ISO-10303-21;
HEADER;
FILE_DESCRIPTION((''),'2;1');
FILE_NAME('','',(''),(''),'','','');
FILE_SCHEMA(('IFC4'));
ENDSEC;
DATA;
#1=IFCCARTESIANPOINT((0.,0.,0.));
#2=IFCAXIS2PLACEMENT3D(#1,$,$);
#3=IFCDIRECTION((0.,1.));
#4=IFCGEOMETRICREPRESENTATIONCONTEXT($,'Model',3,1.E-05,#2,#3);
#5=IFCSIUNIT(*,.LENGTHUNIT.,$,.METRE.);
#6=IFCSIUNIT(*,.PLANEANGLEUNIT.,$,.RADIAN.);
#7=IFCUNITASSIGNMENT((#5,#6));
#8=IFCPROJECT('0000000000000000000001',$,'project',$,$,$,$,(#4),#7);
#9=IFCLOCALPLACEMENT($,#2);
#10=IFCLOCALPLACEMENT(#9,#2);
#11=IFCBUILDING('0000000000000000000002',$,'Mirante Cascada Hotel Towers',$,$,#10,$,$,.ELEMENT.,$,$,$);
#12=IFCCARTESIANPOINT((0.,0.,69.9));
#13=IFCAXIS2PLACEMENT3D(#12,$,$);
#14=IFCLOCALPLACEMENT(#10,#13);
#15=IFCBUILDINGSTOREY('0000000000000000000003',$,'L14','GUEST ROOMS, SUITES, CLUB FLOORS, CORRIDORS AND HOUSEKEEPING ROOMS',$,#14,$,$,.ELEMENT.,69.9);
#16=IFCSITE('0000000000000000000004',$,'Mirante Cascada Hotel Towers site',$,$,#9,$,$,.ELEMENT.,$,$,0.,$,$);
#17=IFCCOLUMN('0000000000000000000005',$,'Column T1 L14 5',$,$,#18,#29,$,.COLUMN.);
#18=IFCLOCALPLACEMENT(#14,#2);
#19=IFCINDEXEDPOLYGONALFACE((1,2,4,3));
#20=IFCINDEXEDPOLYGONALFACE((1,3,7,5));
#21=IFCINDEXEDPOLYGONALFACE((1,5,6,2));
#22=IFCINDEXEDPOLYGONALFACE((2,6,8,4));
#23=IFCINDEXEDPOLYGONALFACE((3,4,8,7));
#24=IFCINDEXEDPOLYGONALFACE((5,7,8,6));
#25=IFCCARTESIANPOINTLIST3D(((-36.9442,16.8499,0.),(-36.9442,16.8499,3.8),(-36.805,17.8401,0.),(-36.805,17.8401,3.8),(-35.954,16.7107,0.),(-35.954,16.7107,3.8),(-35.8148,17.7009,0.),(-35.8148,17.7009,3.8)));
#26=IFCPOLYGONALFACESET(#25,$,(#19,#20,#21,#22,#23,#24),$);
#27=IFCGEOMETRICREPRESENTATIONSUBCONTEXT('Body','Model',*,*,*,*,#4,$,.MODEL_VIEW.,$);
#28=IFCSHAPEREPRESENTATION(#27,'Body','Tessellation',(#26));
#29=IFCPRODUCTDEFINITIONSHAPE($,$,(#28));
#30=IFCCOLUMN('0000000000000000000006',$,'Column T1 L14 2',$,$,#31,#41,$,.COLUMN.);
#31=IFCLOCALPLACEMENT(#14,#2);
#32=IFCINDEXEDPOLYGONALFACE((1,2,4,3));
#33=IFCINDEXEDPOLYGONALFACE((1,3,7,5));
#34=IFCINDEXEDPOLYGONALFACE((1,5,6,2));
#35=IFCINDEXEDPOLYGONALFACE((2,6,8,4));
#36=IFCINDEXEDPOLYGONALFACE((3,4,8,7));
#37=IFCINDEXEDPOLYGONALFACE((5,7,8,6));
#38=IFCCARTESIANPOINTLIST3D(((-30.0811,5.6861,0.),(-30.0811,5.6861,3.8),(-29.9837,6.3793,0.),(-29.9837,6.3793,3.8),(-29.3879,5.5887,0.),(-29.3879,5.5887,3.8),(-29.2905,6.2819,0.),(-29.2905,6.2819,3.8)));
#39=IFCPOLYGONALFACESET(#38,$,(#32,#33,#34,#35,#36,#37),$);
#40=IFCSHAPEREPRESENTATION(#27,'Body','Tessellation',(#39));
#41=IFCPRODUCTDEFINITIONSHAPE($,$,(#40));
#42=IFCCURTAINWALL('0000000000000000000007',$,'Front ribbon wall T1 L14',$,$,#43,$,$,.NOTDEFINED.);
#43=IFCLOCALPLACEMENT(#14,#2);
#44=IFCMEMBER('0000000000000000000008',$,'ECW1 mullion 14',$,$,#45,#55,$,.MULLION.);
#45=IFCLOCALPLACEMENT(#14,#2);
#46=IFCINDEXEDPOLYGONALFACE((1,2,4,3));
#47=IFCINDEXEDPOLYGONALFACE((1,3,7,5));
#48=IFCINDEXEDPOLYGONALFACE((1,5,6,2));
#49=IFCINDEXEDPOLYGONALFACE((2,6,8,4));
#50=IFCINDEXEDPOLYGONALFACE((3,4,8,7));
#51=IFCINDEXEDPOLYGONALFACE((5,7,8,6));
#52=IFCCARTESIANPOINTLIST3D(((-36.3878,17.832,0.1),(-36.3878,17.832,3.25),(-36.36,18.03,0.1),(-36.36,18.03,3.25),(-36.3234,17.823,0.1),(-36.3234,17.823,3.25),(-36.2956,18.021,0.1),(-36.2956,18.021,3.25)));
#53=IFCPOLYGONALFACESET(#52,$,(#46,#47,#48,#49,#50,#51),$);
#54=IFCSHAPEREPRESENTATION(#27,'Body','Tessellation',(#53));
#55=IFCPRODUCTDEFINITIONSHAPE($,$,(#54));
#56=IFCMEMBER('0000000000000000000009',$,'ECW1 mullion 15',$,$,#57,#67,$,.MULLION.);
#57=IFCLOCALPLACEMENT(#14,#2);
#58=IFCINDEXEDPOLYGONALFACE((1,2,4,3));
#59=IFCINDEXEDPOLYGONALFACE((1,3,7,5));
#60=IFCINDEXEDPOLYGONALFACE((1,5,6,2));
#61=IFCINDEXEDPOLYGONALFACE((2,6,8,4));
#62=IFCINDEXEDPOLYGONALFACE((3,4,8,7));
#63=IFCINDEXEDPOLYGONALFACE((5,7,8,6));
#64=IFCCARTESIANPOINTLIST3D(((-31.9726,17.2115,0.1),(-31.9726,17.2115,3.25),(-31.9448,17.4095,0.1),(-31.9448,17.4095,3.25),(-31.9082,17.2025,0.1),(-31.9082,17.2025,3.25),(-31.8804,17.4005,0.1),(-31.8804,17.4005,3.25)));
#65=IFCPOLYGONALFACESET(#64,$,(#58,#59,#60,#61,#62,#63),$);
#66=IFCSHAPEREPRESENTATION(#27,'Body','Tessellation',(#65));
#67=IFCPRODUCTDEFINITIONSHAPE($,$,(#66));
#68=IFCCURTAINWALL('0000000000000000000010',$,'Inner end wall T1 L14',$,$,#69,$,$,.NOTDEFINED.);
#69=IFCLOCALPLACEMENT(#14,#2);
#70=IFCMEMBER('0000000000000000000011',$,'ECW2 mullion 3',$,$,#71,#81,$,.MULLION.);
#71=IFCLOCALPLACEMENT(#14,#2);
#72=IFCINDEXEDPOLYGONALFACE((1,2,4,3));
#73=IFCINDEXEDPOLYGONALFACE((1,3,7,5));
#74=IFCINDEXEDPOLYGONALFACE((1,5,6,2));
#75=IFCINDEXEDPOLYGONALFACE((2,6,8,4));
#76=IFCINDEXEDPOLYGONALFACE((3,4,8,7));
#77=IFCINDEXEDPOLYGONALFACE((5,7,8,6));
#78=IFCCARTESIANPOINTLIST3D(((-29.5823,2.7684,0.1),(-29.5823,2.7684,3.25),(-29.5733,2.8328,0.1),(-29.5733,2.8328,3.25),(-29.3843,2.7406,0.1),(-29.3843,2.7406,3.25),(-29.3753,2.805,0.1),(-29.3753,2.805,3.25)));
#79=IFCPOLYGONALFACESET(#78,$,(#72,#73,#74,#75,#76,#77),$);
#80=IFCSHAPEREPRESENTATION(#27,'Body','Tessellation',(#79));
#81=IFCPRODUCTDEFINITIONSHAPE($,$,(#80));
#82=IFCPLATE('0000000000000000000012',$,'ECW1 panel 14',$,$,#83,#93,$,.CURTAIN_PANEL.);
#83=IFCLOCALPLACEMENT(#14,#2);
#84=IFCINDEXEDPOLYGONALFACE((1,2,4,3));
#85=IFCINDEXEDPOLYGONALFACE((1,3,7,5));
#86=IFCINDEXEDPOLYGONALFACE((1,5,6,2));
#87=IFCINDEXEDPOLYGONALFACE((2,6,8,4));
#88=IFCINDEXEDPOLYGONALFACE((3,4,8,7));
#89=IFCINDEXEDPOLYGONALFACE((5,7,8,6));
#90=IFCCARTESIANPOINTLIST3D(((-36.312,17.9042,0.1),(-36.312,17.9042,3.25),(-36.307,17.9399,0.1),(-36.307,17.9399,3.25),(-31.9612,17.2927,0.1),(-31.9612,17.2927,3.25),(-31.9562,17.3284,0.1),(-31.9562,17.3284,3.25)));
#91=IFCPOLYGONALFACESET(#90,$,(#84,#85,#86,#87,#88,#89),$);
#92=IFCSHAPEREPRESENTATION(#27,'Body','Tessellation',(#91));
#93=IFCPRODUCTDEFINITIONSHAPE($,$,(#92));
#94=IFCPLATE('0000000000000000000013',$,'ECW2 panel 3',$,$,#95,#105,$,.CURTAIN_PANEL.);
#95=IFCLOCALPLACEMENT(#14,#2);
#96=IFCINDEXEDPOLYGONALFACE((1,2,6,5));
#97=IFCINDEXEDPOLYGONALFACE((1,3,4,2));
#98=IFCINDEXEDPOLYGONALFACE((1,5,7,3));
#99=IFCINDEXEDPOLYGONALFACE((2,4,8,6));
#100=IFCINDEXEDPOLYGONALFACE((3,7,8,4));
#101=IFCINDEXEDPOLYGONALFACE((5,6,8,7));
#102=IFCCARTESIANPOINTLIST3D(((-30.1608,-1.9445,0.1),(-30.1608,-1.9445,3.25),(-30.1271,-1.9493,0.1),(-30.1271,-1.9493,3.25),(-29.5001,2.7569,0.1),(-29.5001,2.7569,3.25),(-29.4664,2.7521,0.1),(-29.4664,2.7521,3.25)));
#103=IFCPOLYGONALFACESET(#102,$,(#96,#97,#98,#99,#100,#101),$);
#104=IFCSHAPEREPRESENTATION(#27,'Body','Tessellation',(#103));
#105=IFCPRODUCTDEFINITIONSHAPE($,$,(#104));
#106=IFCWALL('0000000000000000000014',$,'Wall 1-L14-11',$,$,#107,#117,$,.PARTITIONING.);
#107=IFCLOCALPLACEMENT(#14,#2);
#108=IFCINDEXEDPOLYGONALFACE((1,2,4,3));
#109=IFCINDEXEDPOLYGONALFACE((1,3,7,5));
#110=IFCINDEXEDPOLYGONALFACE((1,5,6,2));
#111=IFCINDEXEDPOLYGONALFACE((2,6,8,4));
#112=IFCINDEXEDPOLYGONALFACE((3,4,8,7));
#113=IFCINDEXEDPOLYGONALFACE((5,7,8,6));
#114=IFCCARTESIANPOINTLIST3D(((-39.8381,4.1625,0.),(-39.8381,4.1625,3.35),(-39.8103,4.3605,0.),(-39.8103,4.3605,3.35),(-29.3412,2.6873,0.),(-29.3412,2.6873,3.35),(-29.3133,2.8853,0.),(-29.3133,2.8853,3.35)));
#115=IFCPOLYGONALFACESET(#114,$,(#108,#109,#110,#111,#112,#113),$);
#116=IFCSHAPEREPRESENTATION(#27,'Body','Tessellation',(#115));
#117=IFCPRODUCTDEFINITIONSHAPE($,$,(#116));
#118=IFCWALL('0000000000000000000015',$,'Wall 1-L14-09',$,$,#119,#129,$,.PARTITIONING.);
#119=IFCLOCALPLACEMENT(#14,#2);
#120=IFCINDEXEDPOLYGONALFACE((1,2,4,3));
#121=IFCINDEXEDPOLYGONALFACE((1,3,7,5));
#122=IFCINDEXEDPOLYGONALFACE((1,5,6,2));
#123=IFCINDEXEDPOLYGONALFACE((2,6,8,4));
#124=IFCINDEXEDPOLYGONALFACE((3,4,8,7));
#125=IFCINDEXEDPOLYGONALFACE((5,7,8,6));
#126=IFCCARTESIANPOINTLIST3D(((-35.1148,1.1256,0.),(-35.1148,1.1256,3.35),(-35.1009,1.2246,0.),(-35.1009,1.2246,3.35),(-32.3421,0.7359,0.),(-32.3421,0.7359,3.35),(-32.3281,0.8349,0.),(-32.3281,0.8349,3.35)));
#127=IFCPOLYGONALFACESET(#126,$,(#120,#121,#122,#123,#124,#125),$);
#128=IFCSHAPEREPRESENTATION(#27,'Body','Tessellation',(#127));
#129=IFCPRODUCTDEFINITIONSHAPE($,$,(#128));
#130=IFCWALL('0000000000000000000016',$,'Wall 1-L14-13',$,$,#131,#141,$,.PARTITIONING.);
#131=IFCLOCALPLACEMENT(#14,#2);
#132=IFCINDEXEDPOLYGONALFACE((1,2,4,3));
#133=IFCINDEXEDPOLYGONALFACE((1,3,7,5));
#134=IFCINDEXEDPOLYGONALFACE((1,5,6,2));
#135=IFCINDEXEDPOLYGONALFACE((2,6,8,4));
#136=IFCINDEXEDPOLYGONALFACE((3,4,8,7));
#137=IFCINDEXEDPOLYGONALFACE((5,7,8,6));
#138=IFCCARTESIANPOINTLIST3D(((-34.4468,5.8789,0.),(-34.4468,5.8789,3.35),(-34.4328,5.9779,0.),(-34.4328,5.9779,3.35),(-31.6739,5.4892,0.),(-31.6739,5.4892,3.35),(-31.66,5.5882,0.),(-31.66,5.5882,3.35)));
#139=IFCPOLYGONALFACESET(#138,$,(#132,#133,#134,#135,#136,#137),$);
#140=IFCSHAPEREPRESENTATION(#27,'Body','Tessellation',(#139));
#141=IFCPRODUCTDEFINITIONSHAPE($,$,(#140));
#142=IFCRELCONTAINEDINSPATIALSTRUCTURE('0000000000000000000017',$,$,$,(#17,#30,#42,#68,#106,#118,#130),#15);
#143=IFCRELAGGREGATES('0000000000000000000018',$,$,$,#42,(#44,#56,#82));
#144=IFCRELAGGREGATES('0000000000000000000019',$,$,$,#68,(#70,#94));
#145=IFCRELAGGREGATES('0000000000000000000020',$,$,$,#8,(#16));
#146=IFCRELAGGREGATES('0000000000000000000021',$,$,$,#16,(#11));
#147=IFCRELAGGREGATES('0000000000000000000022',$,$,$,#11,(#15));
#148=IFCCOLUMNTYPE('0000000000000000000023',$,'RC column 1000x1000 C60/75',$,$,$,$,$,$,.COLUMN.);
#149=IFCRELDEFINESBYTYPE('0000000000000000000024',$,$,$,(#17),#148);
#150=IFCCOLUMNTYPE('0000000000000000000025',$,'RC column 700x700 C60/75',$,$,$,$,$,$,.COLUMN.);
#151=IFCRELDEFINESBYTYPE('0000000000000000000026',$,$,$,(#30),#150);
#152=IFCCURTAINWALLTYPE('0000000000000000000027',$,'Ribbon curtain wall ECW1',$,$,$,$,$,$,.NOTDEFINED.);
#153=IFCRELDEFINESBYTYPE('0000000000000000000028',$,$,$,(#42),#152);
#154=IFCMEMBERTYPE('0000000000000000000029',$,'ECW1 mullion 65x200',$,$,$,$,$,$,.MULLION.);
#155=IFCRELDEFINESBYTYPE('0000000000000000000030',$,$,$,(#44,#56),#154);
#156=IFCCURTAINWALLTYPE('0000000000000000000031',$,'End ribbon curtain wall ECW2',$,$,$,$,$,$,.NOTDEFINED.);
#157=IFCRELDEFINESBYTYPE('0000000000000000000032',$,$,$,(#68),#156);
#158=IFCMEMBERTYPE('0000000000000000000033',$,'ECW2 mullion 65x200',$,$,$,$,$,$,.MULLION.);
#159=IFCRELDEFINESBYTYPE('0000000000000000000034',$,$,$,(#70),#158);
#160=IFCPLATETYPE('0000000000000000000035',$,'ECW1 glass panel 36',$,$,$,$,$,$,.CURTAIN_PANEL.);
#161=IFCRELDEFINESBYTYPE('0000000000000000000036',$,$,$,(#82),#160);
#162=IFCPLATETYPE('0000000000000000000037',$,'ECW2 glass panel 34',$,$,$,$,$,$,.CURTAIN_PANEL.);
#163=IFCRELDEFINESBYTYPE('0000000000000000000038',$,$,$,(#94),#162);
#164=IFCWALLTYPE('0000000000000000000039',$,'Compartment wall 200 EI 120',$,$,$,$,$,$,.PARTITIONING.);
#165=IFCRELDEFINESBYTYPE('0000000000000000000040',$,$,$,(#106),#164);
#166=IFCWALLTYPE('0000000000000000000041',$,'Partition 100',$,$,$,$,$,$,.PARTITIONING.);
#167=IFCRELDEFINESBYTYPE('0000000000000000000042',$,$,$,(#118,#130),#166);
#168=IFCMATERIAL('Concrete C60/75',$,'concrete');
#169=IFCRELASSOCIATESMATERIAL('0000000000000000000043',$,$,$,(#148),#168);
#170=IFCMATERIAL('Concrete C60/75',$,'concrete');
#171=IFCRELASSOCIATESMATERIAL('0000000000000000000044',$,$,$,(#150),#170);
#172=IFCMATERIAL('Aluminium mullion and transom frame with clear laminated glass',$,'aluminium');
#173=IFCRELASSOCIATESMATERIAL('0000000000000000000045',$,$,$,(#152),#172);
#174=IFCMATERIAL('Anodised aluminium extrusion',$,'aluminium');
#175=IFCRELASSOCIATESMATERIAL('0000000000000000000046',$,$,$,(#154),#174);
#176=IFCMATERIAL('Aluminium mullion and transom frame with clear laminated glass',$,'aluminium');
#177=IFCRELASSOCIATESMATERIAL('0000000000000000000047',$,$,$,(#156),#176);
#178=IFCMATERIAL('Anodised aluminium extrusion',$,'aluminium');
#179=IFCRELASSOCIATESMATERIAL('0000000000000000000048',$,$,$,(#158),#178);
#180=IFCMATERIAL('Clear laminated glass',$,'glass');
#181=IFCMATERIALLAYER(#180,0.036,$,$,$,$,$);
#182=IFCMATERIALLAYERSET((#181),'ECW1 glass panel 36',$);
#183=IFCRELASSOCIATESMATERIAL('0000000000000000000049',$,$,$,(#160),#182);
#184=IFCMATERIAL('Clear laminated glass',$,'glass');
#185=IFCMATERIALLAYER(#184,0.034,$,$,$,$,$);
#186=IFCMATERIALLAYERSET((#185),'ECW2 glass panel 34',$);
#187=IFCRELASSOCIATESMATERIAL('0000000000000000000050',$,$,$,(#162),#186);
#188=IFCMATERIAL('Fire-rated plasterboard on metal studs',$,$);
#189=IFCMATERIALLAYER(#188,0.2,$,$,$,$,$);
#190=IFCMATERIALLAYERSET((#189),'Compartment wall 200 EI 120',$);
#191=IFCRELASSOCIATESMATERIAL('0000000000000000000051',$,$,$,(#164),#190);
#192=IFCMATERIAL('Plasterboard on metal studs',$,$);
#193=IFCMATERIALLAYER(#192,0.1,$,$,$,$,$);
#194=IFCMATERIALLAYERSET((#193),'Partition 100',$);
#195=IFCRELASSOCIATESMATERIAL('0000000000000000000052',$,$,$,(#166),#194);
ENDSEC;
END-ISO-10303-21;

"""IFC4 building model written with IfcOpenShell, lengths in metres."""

from ifc_helpers import new_model, si_unit, direction, frame, frame_2d, origin, origin_2d, place, context, subcontext, project, spatial, rectangle, extrude, material, layer, layer_set, material_profile, profile_set, type_object, element, aggregate, save


model = new_model("IFC4")

# Units and contexts
model_context = context("Model", 3, precision=1e-05, world=origin(), true_north=direction((0.0, 1.0)))
body_context = subcontext(model_context, "Body", "Model", "MODEL_VIEW")
ifc_project = project(units=[si_unit("LENGTHUNIT", "METRE"), si_unit("PLANEANGLEUNIT", "RADIAN")], contexts=[model_context])

# Site, building, storey
site_placement = place(None, origin())
site = spatial("IfcSite", under=ifc_project, at=site_placement, Name="Mirante Cascada Hotel Towers site", CompositionType="ELEMENT", RefElevation=0.0)
building_placement = place(site_placement, origin())
building = spatial("IfcBuilding", under=site, at=building_placement, Name="Mirante Cascada Hotel Towers", CompositionType="ELEMENT")
storey_placement = place(building_placement, frame((0.0, 0.0, 69.9)))
storey = spatial("IfcBuildingStorey", under=building, at=storey_placement, Name="L14", Description="GUEST ROOMS, SUITES, CLUB FLOORS, CORRIDORS AND HOUSEKEEPING ROOMS", CompositionType="ELEMENT", Elevation=69.9)

# Columns
ifc_material_1 = material(Name="Concrete C60/75", Category="concrete")
ifc_material_profile_1 = material_profile(ifc_material_1, rectangle(XDim=1.0, YDim=1.0, at=origin_2d()), Name="RC column 1000x1000 C60/75")
ifc_profile_set_1 = profile_set([ifc_material_profile_1], Name="Concrete C60/75")
column_type_1 = type_object("IfcColumnType", Name="RC column 1000x1000 C60/75", PredefinedType="COLUMN", material=ifc_profile_set_1)
column_1_placement = place(storey_placement, frame((-36.3795, 17.2754, 0.0), z_axis=(0.0, 0.0, 1.0), x_axis=(-0.990268, 0.139173, 0.0)))
element("IfcColumn", 1, at=column_1_placement, inside=storey, type_object=column_type_1, Name="Column T1 L14 5", PredefinedType="COLUMN", context=body_context, shape_type="SweptSolid", body=[
    extrude(rectangle(XDim=1.0, YDim=1.0, at=origin_2d()), origin(), (0.0, 0.0, 1.0), 3.8),
])
ifc_material_2 = material(Name="Concrete C60/75", Category="concrete")
ifc_material_profile_2 = material_profile(ifc_material_2, rectangle(XDim=0.7, YDim=0.7, at=origin_2d()), Name="RC column 700x700 C60/75")
ifc_profile_set_2 = profile_set([ifc_material_profile_2], Name="Concrete C60/75")
column_type_2 = type_object("IfcColumnType", Name="RC column 700x700 C60/75", PredefinedType="COLUMN", material=ifc_profile_set_2)
column_2_placement = place(storey_placement, frame((-29.6858, 5.984, 0.0), z_axis=(0.0, 0.0, 1.0), x_axis=(-0.990268, 0.139173, 0.0)))
element("IfcColumn", 2, at=column_2_placement, inside=storey, type_object=column_type_2, Name="Column T1 L14 2", PredefinedType="COLUMN", context=body_context, shape_type="SweptSolid", body=[
    extrude(rectangle(XDim=0.7, YDim=0.7, at=origin_2d()), origin(), (0.0, 0.0, 1.0), 3.8),
])

# Curtain wall, members
ifc_material_3 = material(Name="Aluminium mullion and transom frame with clear laminated glass", Category="aluminium")
curtain_wall_type_1 = type_object("IfcCurtainWallType", Name="Ribbon curtain wall ECW1", PredefinedType="NOTDEFINED", material=ifc_material_3)
curtain_wall_1_placement = place(storey_placement, origin())
curtain_wall_1 = element("IfcCurtainWall", 3, at=curtain_wall_1_placement, inside=storey, type_object=curtain_wall_type_1, Name="Front ribbon wall T1 L14", PredefinedType="NOTDEFINED")
ifc_material_4 = material(Name="Anodised aluminium extrusion", Category="aluminium")
ifc_material_profile_3 = material_profile(ifc_material_4, rectangle(XDim=0.2, YDim=0.065, at=origin_2d()), Name="ECW1 MULLION 65x200")
ifc_profile_set_3 = profile_set([ifc_material_profile_3], Name="Anodised aluminium extrusion")
member_type_1 = type_object("IfcMemberType", Name="ECW1 mullion 65x200", PredefinedType="MULLION", material=ifc_profile_set_3)
member_1_placement = place(storey_placement, frame((-36.3417, 17.9265, 0.1), z_axis=(0.0, 0.0, 1.0), x_axis=(0.139173, 0.990268, 0.0)))
member_1 = element("IfcMember", 4, at=member_1_placement, type_object=member_type_1, Name="ECW1 mullion 14", PredefinedType="MULLION", context=body_context, shape_type="SweptSolid", body=[
    extrude(rectangle(XDim=0.2, YDim=0.065, at=origin_2d()), origin(), (0.0, 0.0, 1.0), 3.15),
])
member_2_placement = place(storey_placement, frame((-31.9265, 17.306, 0.1), z_axis=(0.0, 0.0, 1.0), x_axis=(0.139173, 0.990268, 0.0)))
member_2 = element("IfcMember", 5, at=member_2_placement, type_object=member_type_1, Name="ECW1 mullion 15", PredefinedType="MULLION", context=body_context, shape_type="SweptSolid", body=[
    extrude(rectangle(XDim=0.2, YDim=0.065, at=origin_2d()), origin(), (0.0, 0.0, 1.0), 3.15),
])

# Curtain wall, member
ifc_material_5 = material(Name="Aluminium mullion and transom frame with clear laminated glass", Category="aluminium")
curtain_wall_type_2 = type_object("IfcCurtainWallType", Name="End ribbon curtain wall ECW2", PredefinedType="NOTDEFINED", material=ifc_material_5)
curtain_wall_2_placement = place(storey_placement, origin())
curtain_wall_2 = element("IfcCurtainWall", 6, at=curtain_wall_2_placement, inside=storey, type_object=curtain_wall_type_2, Name="Inner end wall T1 L14", PredefinedType="NOTDEFINED")
ifc_material_6 = material(Name="Anodised aluminium extrusion", Category="aluminium")
ifc_material_profile_4 = material_profile(ifc_material_6, rectangle(XDim=0.2, YDim=0.065, at=origin_2d()), Name="ECW2 MULLION 65x200")
ifc_profile_set_4 = profile_set([ifc_material_profile_4], Name="Anodised aluminium extrusion")
member_type_2 = type_object("IfcMemberType", Name="ECW2 mullion 65x200", PredefinedType="MULLION", material=ifc_profile_set_4)
member_3_placement = place(storey_placement, frame((-29.4788, 2.7867, 0.1), z_axis=(0.0, 0.0, 1.0), x_axis=(0.990268, -0.139173, 0.0)))
member_3 = element("IfcMember", 7, at=member_3_placement, type_object=member_type_2, Name="ECW2 mullion 3", PredefinedType="MULLION", context=body_context, shape_type="SweptSolid", body=[
    extrude(rectangle(XDim=0.2, YDim=0.065, at=origin_2d()), origin(), (0.0, 0.0, 1.0), 3.15),
])

# Plates
ifc_material_7 = material(Name="Clear laminated glass", Category="glass")
ifc_layer_1 = layer(ifc_material_7, 0.036)
ifc_layer_set_1 = layer_set([ifc_layer_1], Name="ECW1 glass panel 36")
plate_type_1 = type_object("IfcPlateType", Name="ECW1 glass panel 36", PredefinedType="CURTAIN_PANEL", material=ifc_layer_set_1)
plate_1_placement = place(storey_placement, frame((-34.1341, 17.6163, 0.1), z_axis=(0.0, 0.0, 1.0), x_axis=(0.990268, -0.139173, 0.0)))
plate_1 = element("IfcPlate", 8, at=plate_1_placement, type_object=plate_type_1, Name="ECW1 panel 14", PredefinedType="CURTAIN_PANEL", context=body_context, shape_type="SweptSolid", body=[
    extrude(rectangle(XDim=4.3936, YDim=0.036, at=origin_2d()), origin(), (0.0, 0.0, 1.0), 3.15),
])
aggregate(curtain_wall_1, [member_1, member_2, plate_1])
ifc_material_8 = material(Name="Clear laminated glass", Category="glass")
ifc_layer_2 = layer(ifc_material_8, 0.034)
ifc_layer_set_2 = layer_set([ifc_layer_2], Name="ECW2 glass panel 34")
plate_type_2 = type_object("IfcPlateType", Name="ECW2 glass panel 34", PredefinedType="CURTAIN_PANEL", material=ifc_layer_set_2)
plate_2_placement = place(storey_placement, frame((-29.8136, 0.4038, 0.1), z_axis=(0.0, 0.0, 1.0), x_axis=(-0.139173, -0.990268, 0.0)))
plate_2 = element("IfcPlate", 9, at=plate_2_placement, type_object=plate_type_2, Name="ECW2 panel 3", PredefinedType="CURTAIN_PANEL", context=body_context, shape_type="SweptSolid", body=[
    extrude(rectangle(XDim=4.7476, YDim=0.034, at=origin_2d()), origin(), (0.0, 0.0, 1.0), 3.15),
])
aggregate(curtain_wall_2, [member_3, plate_2])

# Walls
ifc_material_9 = material(Name="Fire-rated plasterboard on metal studs")
ifc_layer_3 = layer(ifc_material_9, 0.2)
ifc_layer_set_3 = layer_set([ifc_layer_3], Name="Compartment wall 200 EI 120")
wall_type_1 = type_object("IfcWallType", Name="Compartment wall 200 EI 120", PredefinedType="PARTITIONING", material=ifc_layer_set_3)
wall_1_placement = place(storey_placement, frame((-29.3273, 2.7863, 0.0), z_axis=(0.0, 0.0, 1.0), x_axis=(-0.990269, 0.139169, 0.0)))
element("IfcWall", 10, at=wall_1_placement, inside=storey, type_object=wall_type_1, Name="Wall 1-L14-11", PredefinedType="PARTITIONING", context=body_context, shape_type="SweptSolid", body=[
    extrude(rectangle(XDim=10.6001, YDim=0.2, at=frame_2d((5.3, 0.0))), origin(), (0.0, 0.0, 1.0), 3.35),
])
ifc_material_10 = material(Name="Plasterboard on metal studs")
ifc_layer_4 = layer(ifc_material_10, 0.1)
ifc_layer_set_4 = layer_set([ifc_layer_4], Name="Partition 100")
wall_type_2 = type_object("IfcWallType", Name="Partition 100", PredefinedType="PARTITIONING", material=ifc_layer_set_4)
wall_2_placement = place(storey_placement, frame((-32.3351, 0.7854, 0.0), z_axis=(0.0, 0.0, 1.0), x_axis=(-0.990267, 0.139181, 0.0)))
element("IfcWall", 11, at=wall_2_placement, inside=storey, type_object=wall_type_2, Name="Wall 1-L14-09", PredefinedType="PARTITIONING", context=body_context, shape_type="SweptSolid", body=[
    extrude(rectangle(XDim=2.8, YDim=0.1, at=frame_2d((1.4, 0.0))), origin(), (0.0, 0.0, 1.0), 3.35),
])
wall_3_placement = place(storey_placement, frame((-31.667, 5.5387, 0.0), z_axis=(0.0, 0.0, 1.0), x_axis=(-0.990268, 0.139176, 0.0)))
element("IfcWall", 12, at=wall_3_placement, inside=storey, type_object=wall_type_2, Name="Wall 1-L14-13", PredefinedType="PARTITIONING", context=body_context, shape_type="SweptSolid", body=[
    extrude(rectangle(XDim=2.8001, YDim=0.1, at=frame_2d((1.4, 0.0))), origin(), (0.0, 0.0, 1.0), 3.35),
])

save(model, "model.ifc")
